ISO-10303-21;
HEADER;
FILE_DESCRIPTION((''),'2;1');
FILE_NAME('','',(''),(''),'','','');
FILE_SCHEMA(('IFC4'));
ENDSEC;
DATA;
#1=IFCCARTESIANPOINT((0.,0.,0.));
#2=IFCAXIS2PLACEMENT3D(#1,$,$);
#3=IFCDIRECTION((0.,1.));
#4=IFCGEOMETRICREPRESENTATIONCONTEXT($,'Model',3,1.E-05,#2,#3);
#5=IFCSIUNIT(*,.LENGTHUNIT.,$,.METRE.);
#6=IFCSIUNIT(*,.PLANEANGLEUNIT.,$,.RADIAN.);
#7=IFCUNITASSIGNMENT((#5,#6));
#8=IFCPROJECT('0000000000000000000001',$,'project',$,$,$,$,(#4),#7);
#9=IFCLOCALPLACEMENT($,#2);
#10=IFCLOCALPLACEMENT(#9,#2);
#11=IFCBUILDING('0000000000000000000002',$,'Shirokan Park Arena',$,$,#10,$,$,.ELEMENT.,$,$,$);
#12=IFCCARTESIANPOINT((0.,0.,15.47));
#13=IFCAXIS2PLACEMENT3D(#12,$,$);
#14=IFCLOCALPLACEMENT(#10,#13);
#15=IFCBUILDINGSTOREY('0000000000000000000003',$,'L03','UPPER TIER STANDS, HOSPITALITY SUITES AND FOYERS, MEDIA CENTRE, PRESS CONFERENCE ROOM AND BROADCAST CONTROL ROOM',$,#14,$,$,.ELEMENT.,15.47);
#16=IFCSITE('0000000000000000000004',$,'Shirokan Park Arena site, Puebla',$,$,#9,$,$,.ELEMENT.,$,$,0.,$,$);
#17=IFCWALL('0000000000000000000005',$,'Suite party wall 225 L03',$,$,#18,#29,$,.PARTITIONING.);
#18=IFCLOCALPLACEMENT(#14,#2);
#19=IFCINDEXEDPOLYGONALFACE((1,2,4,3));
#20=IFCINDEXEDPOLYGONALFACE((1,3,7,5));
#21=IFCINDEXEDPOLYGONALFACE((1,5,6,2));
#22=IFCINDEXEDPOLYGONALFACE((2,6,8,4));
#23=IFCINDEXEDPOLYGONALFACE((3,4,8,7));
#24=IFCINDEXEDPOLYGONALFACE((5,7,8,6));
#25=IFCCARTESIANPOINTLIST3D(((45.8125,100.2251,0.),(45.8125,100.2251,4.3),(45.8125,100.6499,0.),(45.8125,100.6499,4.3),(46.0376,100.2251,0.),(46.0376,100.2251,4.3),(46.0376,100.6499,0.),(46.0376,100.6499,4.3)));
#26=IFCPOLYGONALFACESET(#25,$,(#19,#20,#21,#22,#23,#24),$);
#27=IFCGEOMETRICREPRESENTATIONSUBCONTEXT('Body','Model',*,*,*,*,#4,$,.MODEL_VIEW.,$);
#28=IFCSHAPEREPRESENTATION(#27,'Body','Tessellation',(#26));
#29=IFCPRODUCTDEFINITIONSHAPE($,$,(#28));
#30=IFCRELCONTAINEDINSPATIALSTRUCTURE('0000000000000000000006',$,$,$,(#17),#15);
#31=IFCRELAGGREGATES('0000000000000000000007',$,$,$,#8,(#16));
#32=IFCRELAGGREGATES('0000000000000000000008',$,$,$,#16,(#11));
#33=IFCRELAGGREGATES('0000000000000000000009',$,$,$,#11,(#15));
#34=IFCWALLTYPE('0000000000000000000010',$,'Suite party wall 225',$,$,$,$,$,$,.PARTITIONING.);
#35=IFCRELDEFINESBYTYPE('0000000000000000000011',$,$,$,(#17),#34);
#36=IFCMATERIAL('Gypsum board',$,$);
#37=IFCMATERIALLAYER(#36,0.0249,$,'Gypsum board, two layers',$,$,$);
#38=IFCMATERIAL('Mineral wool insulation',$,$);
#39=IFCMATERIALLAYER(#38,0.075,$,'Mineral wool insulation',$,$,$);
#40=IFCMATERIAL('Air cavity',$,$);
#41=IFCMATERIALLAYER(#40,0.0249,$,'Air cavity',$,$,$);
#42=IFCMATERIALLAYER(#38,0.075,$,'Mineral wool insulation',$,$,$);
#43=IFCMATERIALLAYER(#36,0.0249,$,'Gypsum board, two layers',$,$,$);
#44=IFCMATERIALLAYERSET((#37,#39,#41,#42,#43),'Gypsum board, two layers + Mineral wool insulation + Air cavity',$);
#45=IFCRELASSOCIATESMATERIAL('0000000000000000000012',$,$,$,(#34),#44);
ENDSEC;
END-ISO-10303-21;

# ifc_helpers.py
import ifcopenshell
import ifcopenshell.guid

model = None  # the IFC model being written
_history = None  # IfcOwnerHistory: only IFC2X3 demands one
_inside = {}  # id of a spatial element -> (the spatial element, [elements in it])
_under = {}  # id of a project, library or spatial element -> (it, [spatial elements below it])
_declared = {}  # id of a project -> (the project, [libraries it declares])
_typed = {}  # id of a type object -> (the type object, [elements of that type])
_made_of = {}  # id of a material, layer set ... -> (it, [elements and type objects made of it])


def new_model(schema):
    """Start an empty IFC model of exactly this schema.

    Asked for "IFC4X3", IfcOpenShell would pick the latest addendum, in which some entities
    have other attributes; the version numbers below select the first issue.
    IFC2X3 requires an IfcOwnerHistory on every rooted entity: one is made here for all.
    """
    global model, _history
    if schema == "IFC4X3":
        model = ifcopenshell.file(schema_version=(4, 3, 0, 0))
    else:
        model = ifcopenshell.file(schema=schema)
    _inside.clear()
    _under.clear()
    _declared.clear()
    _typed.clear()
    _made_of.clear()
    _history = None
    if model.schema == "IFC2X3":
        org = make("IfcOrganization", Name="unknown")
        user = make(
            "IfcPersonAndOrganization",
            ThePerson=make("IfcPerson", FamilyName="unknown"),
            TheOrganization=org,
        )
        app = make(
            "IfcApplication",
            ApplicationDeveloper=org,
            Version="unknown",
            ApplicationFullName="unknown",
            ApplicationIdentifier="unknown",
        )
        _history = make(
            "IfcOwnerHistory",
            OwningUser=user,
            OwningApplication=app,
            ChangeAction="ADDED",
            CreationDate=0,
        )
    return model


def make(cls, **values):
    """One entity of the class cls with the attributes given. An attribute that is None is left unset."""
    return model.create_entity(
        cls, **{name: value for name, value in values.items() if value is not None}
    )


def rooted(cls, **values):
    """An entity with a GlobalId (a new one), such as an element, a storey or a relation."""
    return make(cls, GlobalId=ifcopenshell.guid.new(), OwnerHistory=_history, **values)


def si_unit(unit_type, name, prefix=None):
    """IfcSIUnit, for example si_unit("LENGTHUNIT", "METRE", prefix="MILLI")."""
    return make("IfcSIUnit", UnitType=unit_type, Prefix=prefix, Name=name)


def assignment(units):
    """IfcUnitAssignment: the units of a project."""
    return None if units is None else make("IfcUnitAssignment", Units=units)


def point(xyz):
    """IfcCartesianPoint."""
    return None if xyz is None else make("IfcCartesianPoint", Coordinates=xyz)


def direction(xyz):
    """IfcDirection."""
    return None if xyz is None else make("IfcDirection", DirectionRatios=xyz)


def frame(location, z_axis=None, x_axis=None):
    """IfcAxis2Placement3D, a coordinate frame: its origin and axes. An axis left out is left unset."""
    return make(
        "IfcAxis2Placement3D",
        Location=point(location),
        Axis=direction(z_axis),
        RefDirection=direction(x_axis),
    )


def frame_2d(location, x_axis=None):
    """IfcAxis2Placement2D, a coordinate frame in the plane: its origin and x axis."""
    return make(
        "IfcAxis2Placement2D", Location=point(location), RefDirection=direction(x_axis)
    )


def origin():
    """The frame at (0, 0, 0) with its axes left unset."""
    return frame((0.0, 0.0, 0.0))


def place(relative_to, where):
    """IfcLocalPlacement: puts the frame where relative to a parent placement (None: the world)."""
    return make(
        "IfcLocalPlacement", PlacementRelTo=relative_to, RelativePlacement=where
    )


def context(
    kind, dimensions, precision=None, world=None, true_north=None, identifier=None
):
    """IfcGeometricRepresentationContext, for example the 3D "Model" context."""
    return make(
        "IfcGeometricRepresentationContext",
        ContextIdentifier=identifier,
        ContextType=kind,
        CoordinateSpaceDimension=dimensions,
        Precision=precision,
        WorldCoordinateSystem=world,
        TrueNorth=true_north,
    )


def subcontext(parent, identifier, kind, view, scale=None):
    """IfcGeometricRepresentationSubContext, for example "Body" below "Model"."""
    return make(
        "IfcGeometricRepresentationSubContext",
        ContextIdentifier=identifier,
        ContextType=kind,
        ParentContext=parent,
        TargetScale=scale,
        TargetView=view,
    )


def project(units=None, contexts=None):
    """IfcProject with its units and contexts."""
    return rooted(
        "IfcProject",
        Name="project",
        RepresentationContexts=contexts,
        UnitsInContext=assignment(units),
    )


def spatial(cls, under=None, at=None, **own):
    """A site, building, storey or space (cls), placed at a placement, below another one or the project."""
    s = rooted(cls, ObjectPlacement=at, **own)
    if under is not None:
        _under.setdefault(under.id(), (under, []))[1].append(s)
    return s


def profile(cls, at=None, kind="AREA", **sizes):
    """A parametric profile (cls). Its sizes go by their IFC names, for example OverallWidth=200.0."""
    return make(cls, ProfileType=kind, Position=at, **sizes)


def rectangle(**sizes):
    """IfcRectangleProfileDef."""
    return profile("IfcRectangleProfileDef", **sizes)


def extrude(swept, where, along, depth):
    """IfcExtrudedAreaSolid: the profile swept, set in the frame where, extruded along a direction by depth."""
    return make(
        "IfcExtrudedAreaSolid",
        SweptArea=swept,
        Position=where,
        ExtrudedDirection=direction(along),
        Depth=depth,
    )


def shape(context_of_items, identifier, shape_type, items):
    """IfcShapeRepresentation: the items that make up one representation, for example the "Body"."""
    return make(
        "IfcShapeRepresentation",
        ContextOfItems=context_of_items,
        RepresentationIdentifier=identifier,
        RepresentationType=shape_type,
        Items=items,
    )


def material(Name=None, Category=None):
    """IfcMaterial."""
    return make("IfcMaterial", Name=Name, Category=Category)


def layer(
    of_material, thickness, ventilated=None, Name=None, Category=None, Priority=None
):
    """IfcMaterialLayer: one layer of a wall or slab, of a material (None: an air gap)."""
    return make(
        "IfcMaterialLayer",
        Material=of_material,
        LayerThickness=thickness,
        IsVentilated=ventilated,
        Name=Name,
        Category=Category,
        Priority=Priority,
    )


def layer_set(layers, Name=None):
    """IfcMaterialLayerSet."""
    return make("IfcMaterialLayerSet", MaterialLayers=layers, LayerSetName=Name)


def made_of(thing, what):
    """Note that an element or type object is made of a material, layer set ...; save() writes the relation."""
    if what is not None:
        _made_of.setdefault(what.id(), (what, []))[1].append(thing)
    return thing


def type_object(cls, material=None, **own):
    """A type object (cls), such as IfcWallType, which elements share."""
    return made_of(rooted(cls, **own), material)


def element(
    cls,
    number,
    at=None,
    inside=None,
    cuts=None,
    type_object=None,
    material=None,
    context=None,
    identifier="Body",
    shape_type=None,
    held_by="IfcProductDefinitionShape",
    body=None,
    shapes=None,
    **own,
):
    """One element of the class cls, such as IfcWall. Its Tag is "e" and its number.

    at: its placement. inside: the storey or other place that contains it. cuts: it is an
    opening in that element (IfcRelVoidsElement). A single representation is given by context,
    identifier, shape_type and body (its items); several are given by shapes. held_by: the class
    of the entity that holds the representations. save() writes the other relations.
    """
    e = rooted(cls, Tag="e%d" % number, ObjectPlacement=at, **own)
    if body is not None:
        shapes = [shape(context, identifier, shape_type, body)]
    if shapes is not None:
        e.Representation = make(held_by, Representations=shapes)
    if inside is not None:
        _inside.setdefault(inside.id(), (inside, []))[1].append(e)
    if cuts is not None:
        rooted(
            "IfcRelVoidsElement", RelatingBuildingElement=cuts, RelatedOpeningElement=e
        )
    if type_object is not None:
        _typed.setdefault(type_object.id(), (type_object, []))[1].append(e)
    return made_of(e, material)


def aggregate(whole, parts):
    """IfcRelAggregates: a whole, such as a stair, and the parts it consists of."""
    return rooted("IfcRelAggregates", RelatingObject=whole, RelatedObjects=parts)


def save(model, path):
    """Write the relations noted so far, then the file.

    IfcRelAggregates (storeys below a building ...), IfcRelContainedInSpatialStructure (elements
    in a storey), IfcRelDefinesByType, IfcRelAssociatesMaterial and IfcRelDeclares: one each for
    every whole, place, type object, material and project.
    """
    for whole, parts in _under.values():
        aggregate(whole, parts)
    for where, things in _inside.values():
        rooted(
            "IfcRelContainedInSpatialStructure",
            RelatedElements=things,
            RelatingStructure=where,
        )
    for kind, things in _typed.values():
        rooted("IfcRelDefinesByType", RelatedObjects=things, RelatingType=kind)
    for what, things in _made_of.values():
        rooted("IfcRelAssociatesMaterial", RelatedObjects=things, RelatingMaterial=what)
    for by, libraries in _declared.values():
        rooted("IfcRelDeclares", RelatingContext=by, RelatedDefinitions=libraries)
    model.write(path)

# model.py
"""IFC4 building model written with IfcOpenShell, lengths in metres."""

from ifc_helpers import new_model, si_unit, direction, frame, frame_2d, origin, place, context, subcontext, project, spatial, rectangle, extrude, material, layer, layer_set, type_object, element, save


model = new_model("IFC4")

# Units and contexts
model_context = context("Model", 3, precision=1e-05, world=origin(), true_north=direction((0.0, 1.0)))
body_context = subcontext(model_context, "Body", "Model", "MODEL_VIEW")
ifc_project = project(units=[si_unit("LENGTHUNIT", "METRE"), si_unit("PLANEANGLEUNIT", "RADIAN")], contexts=[model_context])

# Site, building, storey
site_placement = place(None, origin())
site = spatial("IfcSite", under=ifc_project, at=site_placement, Name="Shirokan Park Arena site, Puebla", CompositionType="ELEMENT", RefElevation=0.0)
building_placement = place(site_placement, origin())
building = spatial("IfcBuilding", under=site, at=building_placement, Name="Shirokan Park Arena", CompositionType="ELEMENT")
storey_placement = place(building_placement, frame((0.0, 0.0, 15.47)))
storey = spatial("IfcBuildingStorey", under=building, at=storey_placement, Name="L03", Description="UPPER TIER STANDS, HOSPITALITY SUITES AND FOYERS, MEDIA CENTRE, PRESS CONFERENCE ROOM AND BROADCAST CONTROL ROOM", CompositionType="ELEMENT", Elevation=15.47)

# Shared definitions
ifc_material_1 = material(Name="Mineral wool insulation")

# Wall
ifc_material_2 = material(Name="Gypsum board")
ifc_layer_1 = layer(ifc_material_2, 0.0249, Name="Gypsum board, two layers")
ifc_layer_2 = layer(ifc_material_1, 0.075, Name="Mineral wool insulation")
ifc_material_3 = material(Name="Air cavity")
ifc_layer_3 = layer(ifc_material_3, 0.0249, Name="Air cavity")
ifc_layer_4 = layer(ifc_material_1, 0.075, Name="Mineral wool insulation")
ifc_layer_5 = layer(ifc_material_2, 0.0249, Name="Gypsum board, two layers")
ifc_layer_set_1 = layer_set([ifc_layer_1, ifc_layer_2, ifc_layer_3, ifc_layer_4, ifc_layer_5], Name="Gypsum board, two layers + Mineral wool insulation + Air cavity")
wall_type_1 = type_object("IfcWallType", Name="Suite party wall 225", PredefinedType="PARTITIONING", material=ifc_layer_set_1)
wall_1_placement = place(storey_placement, frame((45.925, 100.2251, 0.0), z_axis=(0.0, 0.0, 1.0), x_axis=(0.0, 1.0, 0.0)))
element("IfcWall", 1, at=wall_1_placement, inside=storey, type_object=wall_type_1, Name="Suite party wall 225 L03", PredefinedType="PARTITIONING", context=body_context, shape_type="SweptSolid", body=[
    extrude(rectangle(XDim=0.4248, YDim=0.2251, at=frame_2d((0.2124, 0.0))), origin(), (0.0, 0.0, 1.0), 4.3),
])

save(model, "model.ifc")
